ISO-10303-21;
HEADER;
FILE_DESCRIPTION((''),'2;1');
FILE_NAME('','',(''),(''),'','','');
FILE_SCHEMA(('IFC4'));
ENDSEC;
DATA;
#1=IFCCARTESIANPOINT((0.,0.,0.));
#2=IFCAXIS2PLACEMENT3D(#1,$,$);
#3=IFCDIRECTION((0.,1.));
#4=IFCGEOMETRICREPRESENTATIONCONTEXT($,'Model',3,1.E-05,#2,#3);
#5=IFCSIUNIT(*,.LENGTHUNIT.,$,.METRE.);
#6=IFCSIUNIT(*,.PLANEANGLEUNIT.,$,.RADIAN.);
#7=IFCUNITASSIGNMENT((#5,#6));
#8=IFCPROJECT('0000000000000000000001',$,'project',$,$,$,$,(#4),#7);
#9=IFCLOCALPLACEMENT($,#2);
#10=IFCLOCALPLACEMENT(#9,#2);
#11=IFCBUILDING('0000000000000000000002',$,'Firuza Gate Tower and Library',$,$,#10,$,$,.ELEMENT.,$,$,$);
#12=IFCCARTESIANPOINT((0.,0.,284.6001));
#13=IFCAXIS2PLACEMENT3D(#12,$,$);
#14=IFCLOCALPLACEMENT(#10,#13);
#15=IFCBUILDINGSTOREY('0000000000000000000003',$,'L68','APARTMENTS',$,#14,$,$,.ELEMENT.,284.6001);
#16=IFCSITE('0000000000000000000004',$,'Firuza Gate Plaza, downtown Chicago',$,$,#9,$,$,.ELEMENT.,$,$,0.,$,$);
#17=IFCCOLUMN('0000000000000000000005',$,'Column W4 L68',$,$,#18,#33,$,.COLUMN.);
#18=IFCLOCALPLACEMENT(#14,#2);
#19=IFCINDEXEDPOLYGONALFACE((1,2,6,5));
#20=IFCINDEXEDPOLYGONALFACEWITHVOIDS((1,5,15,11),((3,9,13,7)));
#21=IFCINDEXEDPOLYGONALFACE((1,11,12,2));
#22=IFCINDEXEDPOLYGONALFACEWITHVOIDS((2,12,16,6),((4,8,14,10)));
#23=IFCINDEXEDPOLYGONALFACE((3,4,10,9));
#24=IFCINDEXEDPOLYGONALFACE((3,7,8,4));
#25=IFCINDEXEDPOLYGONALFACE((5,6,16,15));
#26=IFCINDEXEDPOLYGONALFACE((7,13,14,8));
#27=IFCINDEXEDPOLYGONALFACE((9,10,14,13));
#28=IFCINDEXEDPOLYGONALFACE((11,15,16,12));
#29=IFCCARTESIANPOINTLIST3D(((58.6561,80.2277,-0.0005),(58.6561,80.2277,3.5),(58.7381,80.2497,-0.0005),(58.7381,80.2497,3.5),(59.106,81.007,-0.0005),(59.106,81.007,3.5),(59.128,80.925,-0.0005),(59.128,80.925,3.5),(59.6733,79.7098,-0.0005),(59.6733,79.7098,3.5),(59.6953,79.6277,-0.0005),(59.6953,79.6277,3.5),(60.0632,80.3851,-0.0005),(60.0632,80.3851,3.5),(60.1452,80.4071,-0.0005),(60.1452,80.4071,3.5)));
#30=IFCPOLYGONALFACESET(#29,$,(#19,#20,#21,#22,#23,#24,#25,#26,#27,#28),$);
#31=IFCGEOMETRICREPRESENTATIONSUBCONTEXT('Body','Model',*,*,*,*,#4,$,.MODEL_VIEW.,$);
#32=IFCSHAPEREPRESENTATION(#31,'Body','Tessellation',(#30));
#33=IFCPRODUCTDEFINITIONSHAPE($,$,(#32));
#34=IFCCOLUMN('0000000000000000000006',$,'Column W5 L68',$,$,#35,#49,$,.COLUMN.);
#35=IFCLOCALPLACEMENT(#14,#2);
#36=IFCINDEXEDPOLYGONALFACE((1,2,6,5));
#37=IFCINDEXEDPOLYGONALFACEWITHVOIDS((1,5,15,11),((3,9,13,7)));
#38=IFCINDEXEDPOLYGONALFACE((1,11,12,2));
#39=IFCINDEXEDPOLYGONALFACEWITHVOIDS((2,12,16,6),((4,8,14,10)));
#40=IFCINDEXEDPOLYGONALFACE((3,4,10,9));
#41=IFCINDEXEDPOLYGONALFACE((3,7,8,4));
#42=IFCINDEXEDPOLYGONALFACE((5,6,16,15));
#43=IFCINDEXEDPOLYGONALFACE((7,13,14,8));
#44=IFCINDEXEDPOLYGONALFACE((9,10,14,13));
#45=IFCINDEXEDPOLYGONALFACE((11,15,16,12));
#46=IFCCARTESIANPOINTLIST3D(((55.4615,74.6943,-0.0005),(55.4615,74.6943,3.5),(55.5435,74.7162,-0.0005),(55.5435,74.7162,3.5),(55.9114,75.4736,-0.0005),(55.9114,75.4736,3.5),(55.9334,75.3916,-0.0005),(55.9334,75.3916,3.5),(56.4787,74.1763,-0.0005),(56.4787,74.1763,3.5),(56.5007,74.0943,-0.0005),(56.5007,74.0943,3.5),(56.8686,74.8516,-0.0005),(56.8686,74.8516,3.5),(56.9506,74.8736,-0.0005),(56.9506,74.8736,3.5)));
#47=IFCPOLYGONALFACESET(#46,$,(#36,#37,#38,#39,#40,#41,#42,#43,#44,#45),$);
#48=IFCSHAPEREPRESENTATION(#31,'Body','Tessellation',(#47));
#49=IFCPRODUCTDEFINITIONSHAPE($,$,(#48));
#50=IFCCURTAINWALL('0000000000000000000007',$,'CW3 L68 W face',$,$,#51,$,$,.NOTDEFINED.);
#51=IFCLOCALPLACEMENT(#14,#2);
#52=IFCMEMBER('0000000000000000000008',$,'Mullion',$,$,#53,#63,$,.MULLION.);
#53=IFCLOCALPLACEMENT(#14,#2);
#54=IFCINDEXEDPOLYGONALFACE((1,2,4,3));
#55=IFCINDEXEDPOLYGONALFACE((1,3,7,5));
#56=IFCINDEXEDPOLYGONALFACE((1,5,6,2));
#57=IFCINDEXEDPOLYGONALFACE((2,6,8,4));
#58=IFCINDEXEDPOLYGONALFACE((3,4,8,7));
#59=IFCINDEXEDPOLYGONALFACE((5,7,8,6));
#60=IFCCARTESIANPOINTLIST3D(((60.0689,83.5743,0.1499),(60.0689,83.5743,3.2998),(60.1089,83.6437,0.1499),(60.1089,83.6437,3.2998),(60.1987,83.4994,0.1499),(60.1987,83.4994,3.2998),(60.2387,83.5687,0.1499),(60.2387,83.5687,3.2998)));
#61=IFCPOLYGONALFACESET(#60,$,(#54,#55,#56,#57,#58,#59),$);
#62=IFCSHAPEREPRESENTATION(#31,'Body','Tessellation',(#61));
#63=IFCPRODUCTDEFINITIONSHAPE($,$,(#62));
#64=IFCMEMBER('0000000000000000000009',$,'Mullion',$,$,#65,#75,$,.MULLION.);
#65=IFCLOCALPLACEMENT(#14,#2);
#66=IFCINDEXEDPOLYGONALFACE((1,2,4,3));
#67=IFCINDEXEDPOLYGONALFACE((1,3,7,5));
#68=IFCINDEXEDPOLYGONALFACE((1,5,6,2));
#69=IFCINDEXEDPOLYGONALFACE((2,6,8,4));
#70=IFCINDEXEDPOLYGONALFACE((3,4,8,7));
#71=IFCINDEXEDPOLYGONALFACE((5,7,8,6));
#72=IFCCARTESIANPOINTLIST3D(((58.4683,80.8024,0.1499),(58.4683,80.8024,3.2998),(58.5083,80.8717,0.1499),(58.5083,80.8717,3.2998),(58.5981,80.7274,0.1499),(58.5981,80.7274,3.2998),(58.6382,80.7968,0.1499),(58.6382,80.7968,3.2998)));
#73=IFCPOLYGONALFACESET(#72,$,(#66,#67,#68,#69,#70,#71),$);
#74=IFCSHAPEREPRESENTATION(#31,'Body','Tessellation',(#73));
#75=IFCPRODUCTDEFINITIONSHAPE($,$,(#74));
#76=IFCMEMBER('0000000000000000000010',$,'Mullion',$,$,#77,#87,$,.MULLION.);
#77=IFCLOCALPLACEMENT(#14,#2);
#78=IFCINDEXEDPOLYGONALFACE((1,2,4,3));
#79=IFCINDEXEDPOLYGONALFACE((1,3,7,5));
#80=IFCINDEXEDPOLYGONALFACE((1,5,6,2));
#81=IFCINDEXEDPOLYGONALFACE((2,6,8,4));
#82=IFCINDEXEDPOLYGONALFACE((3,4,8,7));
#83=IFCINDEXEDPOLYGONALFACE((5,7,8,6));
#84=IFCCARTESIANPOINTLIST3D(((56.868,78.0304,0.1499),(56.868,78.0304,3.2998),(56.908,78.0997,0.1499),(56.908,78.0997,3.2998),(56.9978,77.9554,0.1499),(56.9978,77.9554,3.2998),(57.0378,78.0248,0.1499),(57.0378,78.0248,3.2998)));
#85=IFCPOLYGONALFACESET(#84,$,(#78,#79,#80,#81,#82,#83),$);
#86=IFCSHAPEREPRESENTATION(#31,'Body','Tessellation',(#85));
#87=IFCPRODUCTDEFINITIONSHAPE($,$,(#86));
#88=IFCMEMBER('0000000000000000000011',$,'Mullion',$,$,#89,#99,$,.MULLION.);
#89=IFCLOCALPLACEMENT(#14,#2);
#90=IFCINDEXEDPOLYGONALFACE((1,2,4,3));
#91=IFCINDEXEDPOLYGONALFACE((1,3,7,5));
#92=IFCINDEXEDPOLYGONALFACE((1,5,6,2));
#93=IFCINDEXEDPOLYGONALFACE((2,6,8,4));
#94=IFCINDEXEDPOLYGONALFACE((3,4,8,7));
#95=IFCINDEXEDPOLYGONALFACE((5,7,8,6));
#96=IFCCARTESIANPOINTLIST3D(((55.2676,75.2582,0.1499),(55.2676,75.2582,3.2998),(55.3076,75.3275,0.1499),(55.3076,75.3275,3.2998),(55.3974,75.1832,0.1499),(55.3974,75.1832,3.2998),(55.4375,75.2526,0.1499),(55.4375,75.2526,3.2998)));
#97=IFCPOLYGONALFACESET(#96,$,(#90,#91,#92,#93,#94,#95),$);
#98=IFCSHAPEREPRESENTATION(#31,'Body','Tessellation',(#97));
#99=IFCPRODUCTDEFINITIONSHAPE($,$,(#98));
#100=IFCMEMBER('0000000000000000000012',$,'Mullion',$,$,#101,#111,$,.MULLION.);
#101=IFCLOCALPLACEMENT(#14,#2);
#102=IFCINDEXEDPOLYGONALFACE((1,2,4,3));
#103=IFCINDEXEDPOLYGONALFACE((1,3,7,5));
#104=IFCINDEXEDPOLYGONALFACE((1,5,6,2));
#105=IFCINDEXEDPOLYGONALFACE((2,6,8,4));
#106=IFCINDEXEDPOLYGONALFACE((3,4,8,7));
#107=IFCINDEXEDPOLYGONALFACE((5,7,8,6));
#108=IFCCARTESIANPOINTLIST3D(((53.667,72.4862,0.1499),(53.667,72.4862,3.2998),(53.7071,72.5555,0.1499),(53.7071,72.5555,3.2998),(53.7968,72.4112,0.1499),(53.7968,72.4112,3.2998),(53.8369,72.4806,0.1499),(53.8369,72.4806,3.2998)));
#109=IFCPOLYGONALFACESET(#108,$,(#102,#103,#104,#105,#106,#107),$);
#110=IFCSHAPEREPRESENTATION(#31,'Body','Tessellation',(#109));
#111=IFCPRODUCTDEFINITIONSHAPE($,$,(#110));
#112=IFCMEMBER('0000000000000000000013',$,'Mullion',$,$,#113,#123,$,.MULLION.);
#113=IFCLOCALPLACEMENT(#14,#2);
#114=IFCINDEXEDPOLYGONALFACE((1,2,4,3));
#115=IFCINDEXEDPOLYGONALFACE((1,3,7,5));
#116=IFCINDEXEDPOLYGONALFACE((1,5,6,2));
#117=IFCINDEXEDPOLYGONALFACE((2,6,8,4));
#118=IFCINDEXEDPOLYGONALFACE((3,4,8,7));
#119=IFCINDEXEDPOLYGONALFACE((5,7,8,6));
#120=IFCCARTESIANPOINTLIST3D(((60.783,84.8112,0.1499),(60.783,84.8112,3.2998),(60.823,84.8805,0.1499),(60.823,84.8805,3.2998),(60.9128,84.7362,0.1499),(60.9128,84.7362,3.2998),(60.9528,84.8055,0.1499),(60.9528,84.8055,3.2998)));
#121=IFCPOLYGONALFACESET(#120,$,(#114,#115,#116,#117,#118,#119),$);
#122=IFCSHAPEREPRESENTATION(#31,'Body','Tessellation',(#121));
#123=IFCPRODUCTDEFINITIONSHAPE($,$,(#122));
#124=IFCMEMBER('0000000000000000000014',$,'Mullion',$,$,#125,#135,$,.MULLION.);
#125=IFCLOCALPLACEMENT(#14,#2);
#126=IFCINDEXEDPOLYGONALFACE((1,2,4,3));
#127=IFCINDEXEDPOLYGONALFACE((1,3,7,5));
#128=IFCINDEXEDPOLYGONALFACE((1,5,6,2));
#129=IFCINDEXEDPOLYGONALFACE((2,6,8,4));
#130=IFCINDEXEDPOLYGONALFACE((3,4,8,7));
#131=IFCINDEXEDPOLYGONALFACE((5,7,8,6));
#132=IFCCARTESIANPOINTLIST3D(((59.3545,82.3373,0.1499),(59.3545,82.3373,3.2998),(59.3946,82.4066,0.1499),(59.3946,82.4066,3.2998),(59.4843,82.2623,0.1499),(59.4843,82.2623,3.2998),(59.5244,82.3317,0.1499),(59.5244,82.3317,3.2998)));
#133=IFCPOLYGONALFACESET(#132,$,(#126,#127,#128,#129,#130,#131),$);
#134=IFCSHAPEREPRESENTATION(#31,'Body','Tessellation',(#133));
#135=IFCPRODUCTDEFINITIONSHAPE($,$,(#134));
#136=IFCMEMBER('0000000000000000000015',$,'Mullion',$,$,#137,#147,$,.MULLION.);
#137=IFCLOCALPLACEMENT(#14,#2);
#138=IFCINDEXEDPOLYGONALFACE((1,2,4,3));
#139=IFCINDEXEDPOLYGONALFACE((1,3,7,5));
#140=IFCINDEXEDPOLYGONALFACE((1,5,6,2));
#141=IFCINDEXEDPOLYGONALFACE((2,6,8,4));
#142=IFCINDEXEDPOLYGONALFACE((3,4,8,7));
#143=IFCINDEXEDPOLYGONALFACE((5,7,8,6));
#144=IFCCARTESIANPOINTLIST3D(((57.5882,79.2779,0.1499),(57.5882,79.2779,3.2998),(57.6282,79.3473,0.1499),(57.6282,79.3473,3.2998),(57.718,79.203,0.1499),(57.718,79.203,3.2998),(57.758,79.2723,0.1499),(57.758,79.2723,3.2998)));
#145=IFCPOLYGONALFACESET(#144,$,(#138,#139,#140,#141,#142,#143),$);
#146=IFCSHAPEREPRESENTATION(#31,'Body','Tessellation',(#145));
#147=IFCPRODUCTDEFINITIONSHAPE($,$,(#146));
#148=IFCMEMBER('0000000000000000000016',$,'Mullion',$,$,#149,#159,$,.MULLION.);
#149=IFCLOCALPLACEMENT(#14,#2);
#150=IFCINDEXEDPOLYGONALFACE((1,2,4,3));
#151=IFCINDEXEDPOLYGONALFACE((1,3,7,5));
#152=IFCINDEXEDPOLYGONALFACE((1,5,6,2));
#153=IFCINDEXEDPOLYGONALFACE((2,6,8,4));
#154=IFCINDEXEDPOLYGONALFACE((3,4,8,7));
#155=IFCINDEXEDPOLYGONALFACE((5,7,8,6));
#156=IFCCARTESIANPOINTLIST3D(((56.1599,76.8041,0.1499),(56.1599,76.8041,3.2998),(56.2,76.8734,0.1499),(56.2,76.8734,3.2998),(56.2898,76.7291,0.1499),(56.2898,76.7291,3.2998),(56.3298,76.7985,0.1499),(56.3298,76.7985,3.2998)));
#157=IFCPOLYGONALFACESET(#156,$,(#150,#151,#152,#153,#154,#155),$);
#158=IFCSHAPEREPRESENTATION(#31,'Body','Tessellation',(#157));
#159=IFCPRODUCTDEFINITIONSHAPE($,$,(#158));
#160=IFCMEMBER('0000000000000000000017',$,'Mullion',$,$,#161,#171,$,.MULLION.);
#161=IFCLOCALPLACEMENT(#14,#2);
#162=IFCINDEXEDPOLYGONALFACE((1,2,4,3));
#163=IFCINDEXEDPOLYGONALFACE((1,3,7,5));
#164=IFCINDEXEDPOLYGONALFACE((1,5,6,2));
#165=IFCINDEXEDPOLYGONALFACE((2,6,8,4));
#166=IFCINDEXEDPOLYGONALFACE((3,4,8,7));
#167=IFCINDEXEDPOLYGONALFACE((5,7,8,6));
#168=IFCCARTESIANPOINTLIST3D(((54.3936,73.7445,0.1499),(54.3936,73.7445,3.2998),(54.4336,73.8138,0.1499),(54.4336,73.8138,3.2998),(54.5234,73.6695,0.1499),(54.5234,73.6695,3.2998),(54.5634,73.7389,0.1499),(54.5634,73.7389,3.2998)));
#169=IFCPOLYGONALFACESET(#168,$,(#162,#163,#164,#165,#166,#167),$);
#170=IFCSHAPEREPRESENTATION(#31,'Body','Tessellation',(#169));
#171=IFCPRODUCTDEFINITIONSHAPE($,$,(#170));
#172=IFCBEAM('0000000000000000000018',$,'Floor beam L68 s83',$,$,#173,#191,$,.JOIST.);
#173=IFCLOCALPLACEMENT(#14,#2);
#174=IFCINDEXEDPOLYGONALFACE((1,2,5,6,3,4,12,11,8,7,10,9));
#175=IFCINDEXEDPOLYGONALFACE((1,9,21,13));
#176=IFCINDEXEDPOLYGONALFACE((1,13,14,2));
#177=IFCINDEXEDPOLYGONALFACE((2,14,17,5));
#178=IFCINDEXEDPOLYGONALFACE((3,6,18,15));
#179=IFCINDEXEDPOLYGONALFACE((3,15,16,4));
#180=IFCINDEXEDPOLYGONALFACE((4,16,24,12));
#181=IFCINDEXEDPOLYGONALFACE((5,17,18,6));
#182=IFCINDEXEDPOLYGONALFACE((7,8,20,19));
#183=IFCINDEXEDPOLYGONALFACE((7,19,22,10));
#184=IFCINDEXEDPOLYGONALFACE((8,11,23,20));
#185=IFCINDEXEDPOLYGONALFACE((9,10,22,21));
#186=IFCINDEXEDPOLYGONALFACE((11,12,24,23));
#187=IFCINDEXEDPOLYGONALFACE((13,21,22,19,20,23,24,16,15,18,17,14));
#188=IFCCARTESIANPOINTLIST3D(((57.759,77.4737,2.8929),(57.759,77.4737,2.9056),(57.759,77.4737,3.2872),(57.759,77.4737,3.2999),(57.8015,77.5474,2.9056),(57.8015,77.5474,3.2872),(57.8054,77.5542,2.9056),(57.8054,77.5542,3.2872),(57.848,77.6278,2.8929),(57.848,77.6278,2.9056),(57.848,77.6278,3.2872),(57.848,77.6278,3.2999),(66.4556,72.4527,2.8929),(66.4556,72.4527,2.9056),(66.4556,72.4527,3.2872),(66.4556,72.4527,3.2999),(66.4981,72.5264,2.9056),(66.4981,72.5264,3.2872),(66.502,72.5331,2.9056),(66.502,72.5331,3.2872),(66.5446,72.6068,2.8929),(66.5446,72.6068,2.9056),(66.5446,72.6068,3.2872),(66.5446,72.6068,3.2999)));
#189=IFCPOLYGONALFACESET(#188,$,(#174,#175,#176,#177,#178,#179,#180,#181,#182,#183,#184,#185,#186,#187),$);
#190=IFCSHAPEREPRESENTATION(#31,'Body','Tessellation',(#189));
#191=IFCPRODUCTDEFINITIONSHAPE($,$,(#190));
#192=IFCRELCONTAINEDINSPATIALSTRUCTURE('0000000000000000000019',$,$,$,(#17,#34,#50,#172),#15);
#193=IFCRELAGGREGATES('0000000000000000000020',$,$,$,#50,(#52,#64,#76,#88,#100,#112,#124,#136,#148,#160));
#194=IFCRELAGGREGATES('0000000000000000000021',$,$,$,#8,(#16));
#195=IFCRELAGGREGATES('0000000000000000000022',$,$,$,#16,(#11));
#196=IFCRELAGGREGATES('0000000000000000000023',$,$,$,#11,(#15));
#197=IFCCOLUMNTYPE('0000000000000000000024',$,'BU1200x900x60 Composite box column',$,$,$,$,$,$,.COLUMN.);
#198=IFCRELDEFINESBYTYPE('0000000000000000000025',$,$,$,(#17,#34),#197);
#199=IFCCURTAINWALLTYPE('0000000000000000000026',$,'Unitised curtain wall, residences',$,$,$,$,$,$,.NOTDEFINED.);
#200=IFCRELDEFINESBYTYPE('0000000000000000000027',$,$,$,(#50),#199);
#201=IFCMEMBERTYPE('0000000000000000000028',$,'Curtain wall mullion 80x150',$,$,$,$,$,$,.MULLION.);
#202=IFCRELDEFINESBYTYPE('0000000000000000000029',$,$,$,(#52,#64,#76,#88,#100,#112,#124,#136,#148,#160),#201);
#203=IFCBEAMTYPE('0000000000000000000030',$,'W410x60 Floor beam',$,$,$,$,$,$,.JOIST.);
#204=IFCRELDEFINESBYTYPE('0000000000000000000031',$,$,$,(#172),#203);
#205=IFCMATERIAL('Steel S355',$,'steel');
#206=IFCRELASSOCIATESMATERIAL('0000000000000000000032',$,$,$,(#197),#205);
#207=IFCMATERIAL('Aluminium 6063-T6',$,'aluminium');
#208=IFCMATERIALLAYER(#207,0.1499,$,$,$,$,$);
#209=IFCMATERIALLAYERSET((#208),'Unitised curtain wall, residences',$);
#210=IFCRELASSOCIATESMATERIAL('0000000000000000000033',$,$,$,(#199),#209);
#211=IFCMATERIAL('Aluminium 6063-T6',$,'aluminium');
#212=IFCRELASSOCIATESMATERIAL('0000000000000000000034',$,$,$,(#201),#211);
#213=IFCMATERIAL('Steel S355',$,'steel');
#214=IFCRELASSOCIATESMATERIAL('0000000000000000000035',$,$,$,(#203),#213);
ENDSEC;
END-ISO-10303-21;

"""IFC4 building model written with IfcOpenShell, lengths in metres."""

from ifc_helpers import new_model, si_unit, direction, frame, origin, origin_2d, place, context, subcontext, project, spatial, rectangle, hollow_rectangle, i_section, extrude, material, layer, layer_set, material_profile, profile_set, type_object, element, aggregate, save


model = new_model("IFC4")

# Units and contexts
model_context = context("Model", 3, precision=1e-05, world=origin(), true_north=direction((0.0, 1.0)))
body_context = subcontext(model_context, "Body", "Model", "MODEL_VIEW")
ifc_project = project(units=[si_unit("LENGTHUNIT", "METRE"), si_unit("PLANEANGLEUNIT", "RADIAN")], contexts=[model_context])

# Site, building, storey
site_placement = place(None, origin())
site = spatial("IfcSite", under=ifc_project, at=site_placement, Name="Firuza Gate Plaza, downtown Chicago", CompositionType="ELEMENT", RefElevation=0.0)
building_placement = place(site_placement, origin())
building = spatial("IfcBuilding", under=site, at=building_placement, Name="Firuza Gate Tower and Library", CompositionType="ELEMENT")
storey_placement = place(building_placement, frame((0.0, 0.0, 284.6001)))
storey = spatial("IfcBuildingStorey", under=building, at=storey_placement, Name="L68", Description="APARTMENTS", CompositionType="ELEMENT", Elevation=284.6001)

# Columns
ifc_material_1 = material(Name="Steel S355", Category="steel")
ifc_material_profile_1 = material_profile(ifc_material_1, hollow_rectangle(XDim=0.8999, YDim=1.2, WallThickness=0.0601, at=origin_2d()))
ifc_profile_set_1 = profile_set([ifc_material_profile_1], Name="Steel S355")
column_type = type_object("IfcColumnType", Name="BU1200x900x60 Composite box column", PredefinedType="COLUMN", material=ifc_profile_set_1)
for number, where, z_axis, x_axis, name in (
    (1, (59.4006, 80.3174, -0.0005), (0.0, 0.0, 1.0), (-0.5, -0.866025, 0.0), "Column W4 L68"),
    (2, (56.2061, 74.7839, -0.0005), (0.0, 0.0, 1.0), (-0.5, -0.866025, 0.0), "Column W5 L68"),
):
    element("IfcColumn", number, at=place(storey_placement, frame(where, z_axis=z_axis, x_axis=x_axis)), inside=storey, type_object=column_type, Name=name, PredefinedType="COLUMN", context=body_context, shape_type="SweptSolid", body=[
        extrude(hollow_rectangle(XDim=0.8999, YDim=1.2, WallThickness=0.0601, at=origin_2d()), origin(), (0.0, 0.0, 1.0), 3.5005),
    ])

# Curtain wall, members
ifc_material_2 = material(Name="Aluminium 6063-T6", Category="aluminium")
ifc_layer_1 = layer(ifc_material_2, 0.1499)
ifc_layer_set_1 = layer_set([ifc_layer_1], Name="Unitised curtain wall, residences")
curtain_wall_type = type_object("IfcCurtainWallType", Name="Unitised curtain wall, residences", PredefinedType="NOTDEFINED", material=ifc_layer_set_1)
curtain_wall_placement = place(storey_placement, origin())
curtain_wall = element("IfcCurtainWall", 3, at=curtain_wall_placement, inside=storey, type_object=curtain_wall_type, Name="CW3 L68 W face", PredefinedType="NOTDEFINED")
ifc_material_3 = material(Name="Aluminium 6063-T6", Category="aluminium")
ifc_material_profile_2 = material_profile(ifc_material_3, rectangle(XDim=0.1499, YDim=0.0801, at=origin_2d()))
ifc_profile_set_2 = profile_set([ifc_material_profile_2], Name="Aluminium 6063-T6")
member_type = type_object("IfcMemberType", Name="Curtain wall mullion 80x150", PredefinedType="MULLION", material=ifc_profile_set_2)
member_1_placement = place(storey_placement, frame((60.1538, 83.5715, 0.1499), z_axis=(0.0, 0.0, 1.0), x_axis=(0.866025, -0.5, 0.0)))
member_1 = element("IfcMember", 4, at=member_1_placement, type_object=member_type, Name="Mullion", PredefinedType="MULLION", context=body_context, shape_type="SweptSolid", body=[
    extrude(rectangle(XDim=0.1499, YDim=0.0801, at=origin_2d()), origin(), (0.0, 0.0, 1.0), 3.1499),
])
member_2_placement = place(storey_placement, frame((58.5532, 80.7996, 0.1499), z_axis=(0.0, 0.0, 1.0), x_axis=(0.866025, -0.5, 0.0)))
member_2 = element("IfcMember", 5, at=member_2_placement, type_object=member_type, Name="Mullion", PredefinedType="MULLION", context=body_context, shape_type="SweptSolid", body=[
    extrude(rectangle(XDim=0.1499, YDim=0.0801, at=origin_2d()), origin(), (0.0, 0.0, 1.0), 3.1499),
])
member_3_placement = place(storey_placement, frame((56.9529, 78.0276, 0.1499), z_axis=(0.0, 0.0, 1.0), x_axis=(0.866025, -0.5, 0.0)))
member_3 = element("IfcMember", 6, at=member_3_placement, type_object=member_type, Name="Mullion", PredefinedType="MULLION", context=body_context, shape_type="SweptSolid", body=[
    extrude(rectangle(XDim=0.1499, YDim=0.0801, at=origin_2d()), origin(), (0.0, 0.0, 1.0), 3.1499),
])
member_4_placement = place(storey_placement, frame((55.3525, 75.2554, 0.1499), z_axis=(0.0, 0.0, 1.0), x_axis=(0.866025, -0.5, 0.0)))
member_4 = element("IfcMember", 7, at=member_4_placement, type_object=member_type, Name="Mullion", PredefinedType="MULLION", context=body_context, shape_type="SweptSolid", body=[
    extrude(rectangle(XDim=0.1499, YDim=0.0801, at=origin_2d()), origin(), (0.0, 0.0, 1.0), 3.1499),
])
member_5_placement = place(storey_placement, frame((53.752, 72.4834, 0.1499), z_axis=(0.0, 0.0, 1.0), x_axis=(0.866025, -0.5, 0.0)))
member_5 = element("IfcMember", 8, at=member_5_placement, type_object=member_type, Name="Mullion", PredefinedType="MULLION", context=body_context, shape_type="SweptSolid", body=[
    extrude(rectangle(XDim=0.1499, YDim=0.0801, at=origin_2d()), origin(), (0.0, 0.0, 1.0), 3.1499),
])
member_6_placement = place(storey_placement, frame((60.8679, 84.8083, 0.1499), z_axis=(0.0, 0.0, 1.0), x_axis=(0.866025, -0.5, 0.0)))
member_6 = element("IfcMember", 9, at=member_6_placement, type_object=member_type, Name="Mullion", PredefinedType="MULLION", context=body_context, shape_type="SweptSolid", body=[
    extrude(rectangle(XDim=0.1499, YDim=0.0801, at=origin_2d()), origin(), (0.0, 0.0, 1.0), 3.1499),
])
member_7_placement = place(storey_placement, frame((59.4395, 82.3345, 0.1499), z_axis=(0.0, 0.0, 1.0), x_axis=(0.866025, -0.5, 0.0)))
member_7 = element("IfcMember", 10, at=member_7_placement, type_object=member_type, Name="Mullion", PredefinedType="MULLION", context=body_context, shape_type="SweptSolid", body=[
    extrude(rectangle(XDim=0.1499, YDim=0.0801, at=origin_2d()), origin(), (0.0, 0.0, 1.0), 3.1499),
])
member_8_placement = place(storey_placement, frame((57.6731, 79.2751, 0.1499), z_axis=(0.0, 0.0, 1.0), x_axis=(0.866025, -0.5, 0.0)))
member_8 = element("IfcMember", 11, at=member_8_placement, type_object=member_type, Name="Mullion", PredefinedType="MULLION", context=body_context, shape_type="SweptSolid", body=[
    extrude(rectangle(XDim=0.1499, YDim=0.0801, at=origin_2d()), origin(), (0.0, 0.0, 1.0), 3.1499),
])
member_9_placement = place(storey_placement, frame((56.2449, 76.8013, 0.1499), z_axis=(0.0, 0.0, 1.0), x_axis=(0.866025, -0.5, 0.0)))
member_9 = element("IfcMember", 12, at=member_9_placement, type_object=member_type, Name="Mullion", PredefinedType="MULLION", context=body_context, shape_type="SweptSolid", body=[
    extrude(rectangle(XDim=0.1499, YDim=0.0801, at=origin_2d()), origin(), (0.0, 0.0, 1.0), 3.1499),
])
member_10_placement = place(storey_placement, frame((54.4785, 73.7417, 0.1499), z_axis=(0.0, 0.0, 1.0), x_axis=(0.866025, -0.5, 0.0)))
member_10 = element("IfcMember", 13, at=member_10_placement, type_object=member_type, Name="Mullion", PredefinedType="MULLION", context=body_context, shape_type="SweptSolid", body=[
    extrude(rectangle(XDim=0.1499, YDim=0.0801, at=origin_2d()), origin(), (0.0, 0.0, 1.0), 3.1499),
])

# Beam
ifc_material_4 = material(Name="Steel S355", Category="steel")
ifc_material_profile_3 = material_profile(ifc_material_4, i_section(OverallWidth=0.178, OverallDepth=0.407, WebThickness=0.0078, FlangeThickness=0.0127, at=origin_2d()))
ifc_profile_set_3 = profile_set([ifc_material_profile_3], Name="Steel S355")
beam_type_1 = type_object("IfcBeamType", Name="W410x60 Floor beam", PredefinedType="JOIST", material=ifc_profile_set_3)
beam_1_placement = place(storey_placement, frame((57.8035, 77.5508, 3.0964), z_axis=(0.866023, -0.500004, 0.0), x_axis=(0.500004, 0.866023, 0.0)))
element("IfcBeam", 14, at=beam_1_placement, inside=storey, type_object=beam_type_1, Name="Floor beam L68 s83", PredefinedType="JOIST", context=body_context, shape_type="SweptSolid", body=[
    extrude(i_section(OverallWidth=0.178, OverallDepth=0.407, WebThickness=0.0078, FlangeThickness=0.0127, at=origin_2d()), origin(), (0.0, 0.0, 1.0), 10.042),
])

aggregate(curtain_wall, [member_1, member_2, member_3, member_4, member_5, member_6, member_7, member_8, member_9, member_10])

save(model, "model.ifc")
